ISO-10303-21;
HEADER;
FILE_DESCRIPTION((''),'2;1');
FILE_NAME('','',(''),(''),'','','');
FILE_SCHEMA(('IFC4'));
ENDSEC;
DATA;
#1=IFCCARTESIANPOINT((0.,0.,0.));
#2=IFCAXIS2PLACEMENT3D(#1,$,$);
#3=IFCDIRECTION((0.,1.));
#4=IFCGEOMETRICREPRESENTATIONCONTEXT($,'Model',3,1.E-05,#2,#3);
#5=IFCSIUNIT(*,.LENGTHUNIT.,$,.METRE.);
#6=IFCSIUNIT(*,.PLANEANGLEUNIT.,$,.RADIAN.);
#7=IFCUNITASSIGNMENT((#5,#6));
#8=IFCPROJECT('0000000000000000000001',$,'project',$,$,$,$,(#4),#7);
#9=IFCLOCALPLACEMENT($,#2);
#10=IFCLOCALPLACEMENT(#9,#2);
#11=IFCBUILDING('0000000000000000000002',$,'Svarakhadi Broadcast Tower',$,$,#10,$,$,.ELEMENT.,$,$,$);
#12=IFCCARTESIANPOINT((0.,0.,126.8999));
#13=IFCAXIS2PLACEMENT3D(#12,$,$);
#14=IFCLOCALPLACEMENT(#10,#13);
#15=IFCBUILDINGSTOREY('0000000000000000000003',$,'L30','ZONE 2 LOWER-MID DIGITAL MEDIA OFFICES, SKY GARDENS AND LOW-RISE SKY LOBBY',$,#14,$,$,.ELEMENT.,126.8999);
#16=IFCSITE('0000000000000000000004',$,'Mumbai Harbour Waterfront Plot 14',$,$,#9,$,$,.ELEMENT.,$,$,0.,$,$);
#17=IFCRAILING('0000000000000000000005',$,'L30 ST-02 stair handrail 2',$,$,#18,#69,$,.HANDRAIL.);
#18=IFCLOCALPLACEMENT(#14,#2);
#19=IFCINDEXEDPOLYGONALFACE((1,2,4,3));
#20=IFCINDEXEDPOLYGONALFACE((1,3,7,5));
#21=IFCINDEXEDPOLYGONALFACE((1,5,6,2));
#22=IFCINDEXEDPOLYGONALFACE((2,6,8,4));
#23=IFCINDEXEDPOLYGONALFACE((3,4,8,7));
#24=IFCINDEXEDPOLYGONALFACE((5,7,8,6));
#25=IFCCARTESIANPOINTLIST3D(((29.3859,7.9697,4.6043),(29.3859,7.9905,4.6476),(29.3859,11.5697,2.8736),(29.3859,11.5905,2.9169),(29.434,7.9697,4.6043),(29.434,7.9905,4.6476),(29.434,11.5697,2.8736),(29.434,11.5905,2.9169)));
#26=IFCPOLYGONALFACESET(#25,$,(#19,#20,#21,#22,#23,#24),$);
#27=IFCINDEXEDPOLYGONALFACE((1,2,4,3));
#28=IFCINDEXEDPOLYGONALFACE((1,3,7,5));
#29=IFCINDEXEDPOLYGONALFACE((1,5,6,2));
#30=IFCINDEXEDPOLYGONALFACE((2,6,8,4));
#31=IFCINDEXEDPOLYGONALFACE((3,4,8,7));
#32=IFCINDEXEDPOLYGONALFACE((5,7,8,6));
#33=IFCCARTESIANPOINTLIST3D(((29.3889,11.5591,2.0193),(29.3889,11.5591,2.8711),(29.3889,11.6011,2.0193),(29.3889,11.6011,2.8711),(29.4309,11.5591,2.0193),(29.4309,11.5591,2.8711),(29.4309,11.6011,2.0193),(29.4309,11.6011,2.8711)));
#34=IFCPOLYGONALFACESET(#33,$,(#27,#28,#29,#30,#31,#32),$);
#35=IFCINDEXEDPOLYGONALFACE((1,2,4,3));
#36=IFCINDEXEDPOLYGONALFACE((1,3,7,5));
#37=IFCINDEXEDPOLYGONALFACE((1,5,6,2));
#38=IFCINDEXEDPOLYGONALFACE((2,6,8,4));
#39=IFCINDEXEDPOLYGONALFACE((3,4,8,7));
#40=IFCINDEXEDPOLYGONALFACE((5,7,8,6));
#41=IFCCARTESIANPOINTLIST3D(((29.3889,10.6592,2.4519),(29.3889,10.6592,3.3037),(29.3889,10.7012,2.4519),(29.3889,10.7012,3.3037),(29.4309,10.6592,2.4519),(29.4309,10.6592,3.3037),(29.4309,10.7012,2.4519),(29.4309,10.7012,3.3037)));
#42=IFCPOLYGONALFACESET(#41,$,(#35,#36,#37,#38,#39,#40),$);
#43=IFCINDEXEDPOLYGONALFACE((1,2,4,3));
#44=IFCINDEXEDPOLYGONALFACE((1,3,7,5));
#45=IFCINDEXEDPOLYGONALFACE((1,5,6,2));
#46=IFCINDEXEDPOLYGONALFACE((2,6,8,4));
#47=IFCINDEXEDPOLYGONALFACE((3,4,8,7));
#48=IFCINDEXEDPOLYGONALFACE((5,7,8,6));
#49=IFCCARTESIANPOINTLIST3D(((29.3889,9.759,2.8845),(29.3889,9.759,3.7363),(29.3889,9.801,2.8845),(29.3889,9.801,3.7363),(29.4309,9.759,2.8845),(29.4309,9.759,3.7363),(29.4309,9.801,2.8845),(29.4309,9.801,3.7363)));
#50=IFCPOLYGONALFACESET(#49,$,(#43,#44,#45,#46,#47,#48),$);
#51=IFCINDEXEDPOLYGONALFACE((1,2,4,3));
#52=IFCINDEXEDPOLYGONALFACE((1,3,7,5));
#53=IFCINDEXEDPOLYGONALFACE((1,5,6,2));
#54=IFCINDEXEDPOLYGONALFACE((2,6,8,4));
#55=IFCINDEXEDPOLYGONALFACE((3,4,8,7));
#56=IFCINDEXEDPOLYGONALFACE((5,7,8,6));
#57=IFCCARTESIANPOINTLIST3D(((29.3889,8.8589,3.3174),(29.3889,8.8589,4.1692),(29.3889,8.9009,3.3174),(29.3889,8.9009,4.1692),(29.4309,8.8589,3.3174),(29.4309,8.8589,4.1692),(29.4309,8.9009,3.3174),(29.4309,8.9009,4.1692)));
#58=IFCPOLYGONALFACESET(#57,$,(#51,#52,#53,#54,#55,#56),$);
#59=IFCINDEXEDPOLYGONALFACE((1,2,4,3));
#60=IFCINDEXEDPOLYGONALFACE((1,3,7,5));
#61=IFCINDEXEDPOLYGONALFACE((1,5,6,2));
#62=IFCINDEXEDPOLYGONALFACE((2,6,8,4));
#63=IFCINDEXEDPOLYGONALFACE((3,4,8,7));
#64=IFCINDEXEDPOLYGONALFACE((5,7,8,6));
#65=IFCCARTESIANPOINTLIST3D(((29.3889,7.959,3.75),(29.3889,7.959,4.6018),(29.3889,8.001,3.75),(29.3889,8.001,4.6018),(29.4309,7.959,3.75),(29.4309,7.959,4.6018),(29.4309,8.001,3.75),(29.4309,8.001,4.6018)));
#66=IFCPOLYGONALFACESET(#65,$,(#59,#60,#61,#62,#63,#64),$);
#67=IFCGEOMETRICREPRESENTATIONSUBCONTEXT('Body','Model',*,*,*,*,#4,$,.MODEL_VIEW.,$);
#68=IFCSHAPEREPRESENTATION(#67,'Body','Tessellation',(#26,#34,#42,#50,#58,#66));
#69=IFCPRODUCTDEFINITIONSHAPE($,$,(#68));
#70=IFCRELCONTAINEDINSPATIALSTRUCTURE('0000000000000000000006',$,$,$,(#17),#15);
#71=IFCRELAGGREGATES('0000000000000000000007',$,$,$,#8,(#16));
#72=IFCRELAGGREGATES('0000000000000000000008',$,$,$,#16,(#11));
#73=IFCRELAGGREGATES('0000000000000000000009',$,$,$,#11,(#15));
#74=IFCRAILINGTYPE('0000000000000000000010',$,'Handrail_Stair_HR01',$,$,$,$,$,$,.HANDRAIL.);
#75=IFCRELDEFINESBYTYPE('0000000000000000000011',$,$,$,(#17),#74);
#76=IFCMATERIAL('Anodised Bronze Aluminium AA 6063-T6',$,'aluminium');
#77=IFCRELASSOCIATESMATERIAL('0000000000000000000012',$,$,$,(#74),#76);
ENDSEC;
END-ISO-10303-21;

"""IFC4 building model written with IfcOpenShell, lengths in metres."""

from ifc_helpers import new_model, si_unit, direction, frame, origin, origin_2d, place, context, subcontext, project, spatial, rectangle, extrude, material, type_object, element, save


model = new_model("IFC4")

# Units and contexts
model_context = context("Model", 3, precision=1e-05, world=origin(), true_north=direction((0.0, 1.0)))
body_context = subcontext(model_context, "Body", "Model", "MODEL_VIEW")
ifc_project = project(units=[si_unit("LENGTHUNIT", "METRE"), si_unit("PLANEANGLEUNIT", "RADIAN")], contexts=[model_context])

# Site, building, storey
site_placement = place(None, origin())
site = spatial("IfcSite", under=ifc_project, at=site_placement, Name="Mumbai Harbour Waterfront Plot 14", CompositionType="ELEMENT", RefElevation=0.0)
building_placement = place(site_placement, origin())
building = spatial("IfcBuilding", under=site, at=building_placement, Name="Svarakhadi Broadcast Tower", CompositionType="ELEMENT")
storey_placement = place(building_placement, frame((0.0, 0.0, 126.8999)))
storey = spatial("IfcBuildingStorey", under=building, at=storey_placement, Name="L30", Description="ZONE 2 LOWER-MID DIGITAL MEDIA OFFICES, SKY GARDENS AND LOW-RISE SKY LOBBY", CompositionType="ELEMENT", Elevation=126.8999)

# Shared definitions
ifc_material_1 = material(Name="Anodised Bronze Aluminium AA 6063-T6", Category="aluminium")

# Railing
railing_type_1 = type_object("IfcRailingType", Name="Handrail_Stair_HR01", PredefinedType="HANDRAIL", material=ifc_material_1)
railing_1_placement = place(storey_placement, frame((29.4099, 11.5801, 2.0193)))
element("IfcRailing", 1, at=railing_1_placement, inside=storey, type_object=railing_type_1, Name="L30 ST-02 stair handrail 2", PredefinedType="HANDRAIL", context=body_context, shape_type="SweptSolid", body=[
    extrude(rectangle(XDim=0.0481, YDim=0.0481, at=origin_2d()), frame((0.0, 0.0, 0.876), z_axis=(0.0, -0.901263, 0.433273), x_axis=(1.0, 0.0, 0.0)), (0.0, 0.0, 1.0), 3.9944),
    extrude(rectangle(XDim=0.042, YDim=0.042, at=origin_2d()), origin(), (0.0, 0.0, 1.0), 0.8518),
    extrude(rectangle(XDim=0.042, YDim=0.042, at=origin_2d()), frame((0.0, -0.8999, 0.4326)), (0.0, 0.0, 1.0), 0.8518),
    extrude(rectangle(XDim=0.042, YDim=0.042, at=origin_2d()), frame((0.0, -1.8, 0.8652)), (0.0, 0.0, 1.0), 0.8518),
    extrude(rectangle(XDim=0.042, YDim=0.042, at=origin_2d()), frame((0.0, -2.7002, 1.2981)), (0.0, 0.0, 1.0), 0.8518),
    extrude(rectangle(XDim=0.042, YDim=0.042, at=origin_2d()), frame((0.0, -3.6001, 1.7307)), (0.0, 0.0, 1.0), 0.8518),
])

save(model, "model.ifc")
